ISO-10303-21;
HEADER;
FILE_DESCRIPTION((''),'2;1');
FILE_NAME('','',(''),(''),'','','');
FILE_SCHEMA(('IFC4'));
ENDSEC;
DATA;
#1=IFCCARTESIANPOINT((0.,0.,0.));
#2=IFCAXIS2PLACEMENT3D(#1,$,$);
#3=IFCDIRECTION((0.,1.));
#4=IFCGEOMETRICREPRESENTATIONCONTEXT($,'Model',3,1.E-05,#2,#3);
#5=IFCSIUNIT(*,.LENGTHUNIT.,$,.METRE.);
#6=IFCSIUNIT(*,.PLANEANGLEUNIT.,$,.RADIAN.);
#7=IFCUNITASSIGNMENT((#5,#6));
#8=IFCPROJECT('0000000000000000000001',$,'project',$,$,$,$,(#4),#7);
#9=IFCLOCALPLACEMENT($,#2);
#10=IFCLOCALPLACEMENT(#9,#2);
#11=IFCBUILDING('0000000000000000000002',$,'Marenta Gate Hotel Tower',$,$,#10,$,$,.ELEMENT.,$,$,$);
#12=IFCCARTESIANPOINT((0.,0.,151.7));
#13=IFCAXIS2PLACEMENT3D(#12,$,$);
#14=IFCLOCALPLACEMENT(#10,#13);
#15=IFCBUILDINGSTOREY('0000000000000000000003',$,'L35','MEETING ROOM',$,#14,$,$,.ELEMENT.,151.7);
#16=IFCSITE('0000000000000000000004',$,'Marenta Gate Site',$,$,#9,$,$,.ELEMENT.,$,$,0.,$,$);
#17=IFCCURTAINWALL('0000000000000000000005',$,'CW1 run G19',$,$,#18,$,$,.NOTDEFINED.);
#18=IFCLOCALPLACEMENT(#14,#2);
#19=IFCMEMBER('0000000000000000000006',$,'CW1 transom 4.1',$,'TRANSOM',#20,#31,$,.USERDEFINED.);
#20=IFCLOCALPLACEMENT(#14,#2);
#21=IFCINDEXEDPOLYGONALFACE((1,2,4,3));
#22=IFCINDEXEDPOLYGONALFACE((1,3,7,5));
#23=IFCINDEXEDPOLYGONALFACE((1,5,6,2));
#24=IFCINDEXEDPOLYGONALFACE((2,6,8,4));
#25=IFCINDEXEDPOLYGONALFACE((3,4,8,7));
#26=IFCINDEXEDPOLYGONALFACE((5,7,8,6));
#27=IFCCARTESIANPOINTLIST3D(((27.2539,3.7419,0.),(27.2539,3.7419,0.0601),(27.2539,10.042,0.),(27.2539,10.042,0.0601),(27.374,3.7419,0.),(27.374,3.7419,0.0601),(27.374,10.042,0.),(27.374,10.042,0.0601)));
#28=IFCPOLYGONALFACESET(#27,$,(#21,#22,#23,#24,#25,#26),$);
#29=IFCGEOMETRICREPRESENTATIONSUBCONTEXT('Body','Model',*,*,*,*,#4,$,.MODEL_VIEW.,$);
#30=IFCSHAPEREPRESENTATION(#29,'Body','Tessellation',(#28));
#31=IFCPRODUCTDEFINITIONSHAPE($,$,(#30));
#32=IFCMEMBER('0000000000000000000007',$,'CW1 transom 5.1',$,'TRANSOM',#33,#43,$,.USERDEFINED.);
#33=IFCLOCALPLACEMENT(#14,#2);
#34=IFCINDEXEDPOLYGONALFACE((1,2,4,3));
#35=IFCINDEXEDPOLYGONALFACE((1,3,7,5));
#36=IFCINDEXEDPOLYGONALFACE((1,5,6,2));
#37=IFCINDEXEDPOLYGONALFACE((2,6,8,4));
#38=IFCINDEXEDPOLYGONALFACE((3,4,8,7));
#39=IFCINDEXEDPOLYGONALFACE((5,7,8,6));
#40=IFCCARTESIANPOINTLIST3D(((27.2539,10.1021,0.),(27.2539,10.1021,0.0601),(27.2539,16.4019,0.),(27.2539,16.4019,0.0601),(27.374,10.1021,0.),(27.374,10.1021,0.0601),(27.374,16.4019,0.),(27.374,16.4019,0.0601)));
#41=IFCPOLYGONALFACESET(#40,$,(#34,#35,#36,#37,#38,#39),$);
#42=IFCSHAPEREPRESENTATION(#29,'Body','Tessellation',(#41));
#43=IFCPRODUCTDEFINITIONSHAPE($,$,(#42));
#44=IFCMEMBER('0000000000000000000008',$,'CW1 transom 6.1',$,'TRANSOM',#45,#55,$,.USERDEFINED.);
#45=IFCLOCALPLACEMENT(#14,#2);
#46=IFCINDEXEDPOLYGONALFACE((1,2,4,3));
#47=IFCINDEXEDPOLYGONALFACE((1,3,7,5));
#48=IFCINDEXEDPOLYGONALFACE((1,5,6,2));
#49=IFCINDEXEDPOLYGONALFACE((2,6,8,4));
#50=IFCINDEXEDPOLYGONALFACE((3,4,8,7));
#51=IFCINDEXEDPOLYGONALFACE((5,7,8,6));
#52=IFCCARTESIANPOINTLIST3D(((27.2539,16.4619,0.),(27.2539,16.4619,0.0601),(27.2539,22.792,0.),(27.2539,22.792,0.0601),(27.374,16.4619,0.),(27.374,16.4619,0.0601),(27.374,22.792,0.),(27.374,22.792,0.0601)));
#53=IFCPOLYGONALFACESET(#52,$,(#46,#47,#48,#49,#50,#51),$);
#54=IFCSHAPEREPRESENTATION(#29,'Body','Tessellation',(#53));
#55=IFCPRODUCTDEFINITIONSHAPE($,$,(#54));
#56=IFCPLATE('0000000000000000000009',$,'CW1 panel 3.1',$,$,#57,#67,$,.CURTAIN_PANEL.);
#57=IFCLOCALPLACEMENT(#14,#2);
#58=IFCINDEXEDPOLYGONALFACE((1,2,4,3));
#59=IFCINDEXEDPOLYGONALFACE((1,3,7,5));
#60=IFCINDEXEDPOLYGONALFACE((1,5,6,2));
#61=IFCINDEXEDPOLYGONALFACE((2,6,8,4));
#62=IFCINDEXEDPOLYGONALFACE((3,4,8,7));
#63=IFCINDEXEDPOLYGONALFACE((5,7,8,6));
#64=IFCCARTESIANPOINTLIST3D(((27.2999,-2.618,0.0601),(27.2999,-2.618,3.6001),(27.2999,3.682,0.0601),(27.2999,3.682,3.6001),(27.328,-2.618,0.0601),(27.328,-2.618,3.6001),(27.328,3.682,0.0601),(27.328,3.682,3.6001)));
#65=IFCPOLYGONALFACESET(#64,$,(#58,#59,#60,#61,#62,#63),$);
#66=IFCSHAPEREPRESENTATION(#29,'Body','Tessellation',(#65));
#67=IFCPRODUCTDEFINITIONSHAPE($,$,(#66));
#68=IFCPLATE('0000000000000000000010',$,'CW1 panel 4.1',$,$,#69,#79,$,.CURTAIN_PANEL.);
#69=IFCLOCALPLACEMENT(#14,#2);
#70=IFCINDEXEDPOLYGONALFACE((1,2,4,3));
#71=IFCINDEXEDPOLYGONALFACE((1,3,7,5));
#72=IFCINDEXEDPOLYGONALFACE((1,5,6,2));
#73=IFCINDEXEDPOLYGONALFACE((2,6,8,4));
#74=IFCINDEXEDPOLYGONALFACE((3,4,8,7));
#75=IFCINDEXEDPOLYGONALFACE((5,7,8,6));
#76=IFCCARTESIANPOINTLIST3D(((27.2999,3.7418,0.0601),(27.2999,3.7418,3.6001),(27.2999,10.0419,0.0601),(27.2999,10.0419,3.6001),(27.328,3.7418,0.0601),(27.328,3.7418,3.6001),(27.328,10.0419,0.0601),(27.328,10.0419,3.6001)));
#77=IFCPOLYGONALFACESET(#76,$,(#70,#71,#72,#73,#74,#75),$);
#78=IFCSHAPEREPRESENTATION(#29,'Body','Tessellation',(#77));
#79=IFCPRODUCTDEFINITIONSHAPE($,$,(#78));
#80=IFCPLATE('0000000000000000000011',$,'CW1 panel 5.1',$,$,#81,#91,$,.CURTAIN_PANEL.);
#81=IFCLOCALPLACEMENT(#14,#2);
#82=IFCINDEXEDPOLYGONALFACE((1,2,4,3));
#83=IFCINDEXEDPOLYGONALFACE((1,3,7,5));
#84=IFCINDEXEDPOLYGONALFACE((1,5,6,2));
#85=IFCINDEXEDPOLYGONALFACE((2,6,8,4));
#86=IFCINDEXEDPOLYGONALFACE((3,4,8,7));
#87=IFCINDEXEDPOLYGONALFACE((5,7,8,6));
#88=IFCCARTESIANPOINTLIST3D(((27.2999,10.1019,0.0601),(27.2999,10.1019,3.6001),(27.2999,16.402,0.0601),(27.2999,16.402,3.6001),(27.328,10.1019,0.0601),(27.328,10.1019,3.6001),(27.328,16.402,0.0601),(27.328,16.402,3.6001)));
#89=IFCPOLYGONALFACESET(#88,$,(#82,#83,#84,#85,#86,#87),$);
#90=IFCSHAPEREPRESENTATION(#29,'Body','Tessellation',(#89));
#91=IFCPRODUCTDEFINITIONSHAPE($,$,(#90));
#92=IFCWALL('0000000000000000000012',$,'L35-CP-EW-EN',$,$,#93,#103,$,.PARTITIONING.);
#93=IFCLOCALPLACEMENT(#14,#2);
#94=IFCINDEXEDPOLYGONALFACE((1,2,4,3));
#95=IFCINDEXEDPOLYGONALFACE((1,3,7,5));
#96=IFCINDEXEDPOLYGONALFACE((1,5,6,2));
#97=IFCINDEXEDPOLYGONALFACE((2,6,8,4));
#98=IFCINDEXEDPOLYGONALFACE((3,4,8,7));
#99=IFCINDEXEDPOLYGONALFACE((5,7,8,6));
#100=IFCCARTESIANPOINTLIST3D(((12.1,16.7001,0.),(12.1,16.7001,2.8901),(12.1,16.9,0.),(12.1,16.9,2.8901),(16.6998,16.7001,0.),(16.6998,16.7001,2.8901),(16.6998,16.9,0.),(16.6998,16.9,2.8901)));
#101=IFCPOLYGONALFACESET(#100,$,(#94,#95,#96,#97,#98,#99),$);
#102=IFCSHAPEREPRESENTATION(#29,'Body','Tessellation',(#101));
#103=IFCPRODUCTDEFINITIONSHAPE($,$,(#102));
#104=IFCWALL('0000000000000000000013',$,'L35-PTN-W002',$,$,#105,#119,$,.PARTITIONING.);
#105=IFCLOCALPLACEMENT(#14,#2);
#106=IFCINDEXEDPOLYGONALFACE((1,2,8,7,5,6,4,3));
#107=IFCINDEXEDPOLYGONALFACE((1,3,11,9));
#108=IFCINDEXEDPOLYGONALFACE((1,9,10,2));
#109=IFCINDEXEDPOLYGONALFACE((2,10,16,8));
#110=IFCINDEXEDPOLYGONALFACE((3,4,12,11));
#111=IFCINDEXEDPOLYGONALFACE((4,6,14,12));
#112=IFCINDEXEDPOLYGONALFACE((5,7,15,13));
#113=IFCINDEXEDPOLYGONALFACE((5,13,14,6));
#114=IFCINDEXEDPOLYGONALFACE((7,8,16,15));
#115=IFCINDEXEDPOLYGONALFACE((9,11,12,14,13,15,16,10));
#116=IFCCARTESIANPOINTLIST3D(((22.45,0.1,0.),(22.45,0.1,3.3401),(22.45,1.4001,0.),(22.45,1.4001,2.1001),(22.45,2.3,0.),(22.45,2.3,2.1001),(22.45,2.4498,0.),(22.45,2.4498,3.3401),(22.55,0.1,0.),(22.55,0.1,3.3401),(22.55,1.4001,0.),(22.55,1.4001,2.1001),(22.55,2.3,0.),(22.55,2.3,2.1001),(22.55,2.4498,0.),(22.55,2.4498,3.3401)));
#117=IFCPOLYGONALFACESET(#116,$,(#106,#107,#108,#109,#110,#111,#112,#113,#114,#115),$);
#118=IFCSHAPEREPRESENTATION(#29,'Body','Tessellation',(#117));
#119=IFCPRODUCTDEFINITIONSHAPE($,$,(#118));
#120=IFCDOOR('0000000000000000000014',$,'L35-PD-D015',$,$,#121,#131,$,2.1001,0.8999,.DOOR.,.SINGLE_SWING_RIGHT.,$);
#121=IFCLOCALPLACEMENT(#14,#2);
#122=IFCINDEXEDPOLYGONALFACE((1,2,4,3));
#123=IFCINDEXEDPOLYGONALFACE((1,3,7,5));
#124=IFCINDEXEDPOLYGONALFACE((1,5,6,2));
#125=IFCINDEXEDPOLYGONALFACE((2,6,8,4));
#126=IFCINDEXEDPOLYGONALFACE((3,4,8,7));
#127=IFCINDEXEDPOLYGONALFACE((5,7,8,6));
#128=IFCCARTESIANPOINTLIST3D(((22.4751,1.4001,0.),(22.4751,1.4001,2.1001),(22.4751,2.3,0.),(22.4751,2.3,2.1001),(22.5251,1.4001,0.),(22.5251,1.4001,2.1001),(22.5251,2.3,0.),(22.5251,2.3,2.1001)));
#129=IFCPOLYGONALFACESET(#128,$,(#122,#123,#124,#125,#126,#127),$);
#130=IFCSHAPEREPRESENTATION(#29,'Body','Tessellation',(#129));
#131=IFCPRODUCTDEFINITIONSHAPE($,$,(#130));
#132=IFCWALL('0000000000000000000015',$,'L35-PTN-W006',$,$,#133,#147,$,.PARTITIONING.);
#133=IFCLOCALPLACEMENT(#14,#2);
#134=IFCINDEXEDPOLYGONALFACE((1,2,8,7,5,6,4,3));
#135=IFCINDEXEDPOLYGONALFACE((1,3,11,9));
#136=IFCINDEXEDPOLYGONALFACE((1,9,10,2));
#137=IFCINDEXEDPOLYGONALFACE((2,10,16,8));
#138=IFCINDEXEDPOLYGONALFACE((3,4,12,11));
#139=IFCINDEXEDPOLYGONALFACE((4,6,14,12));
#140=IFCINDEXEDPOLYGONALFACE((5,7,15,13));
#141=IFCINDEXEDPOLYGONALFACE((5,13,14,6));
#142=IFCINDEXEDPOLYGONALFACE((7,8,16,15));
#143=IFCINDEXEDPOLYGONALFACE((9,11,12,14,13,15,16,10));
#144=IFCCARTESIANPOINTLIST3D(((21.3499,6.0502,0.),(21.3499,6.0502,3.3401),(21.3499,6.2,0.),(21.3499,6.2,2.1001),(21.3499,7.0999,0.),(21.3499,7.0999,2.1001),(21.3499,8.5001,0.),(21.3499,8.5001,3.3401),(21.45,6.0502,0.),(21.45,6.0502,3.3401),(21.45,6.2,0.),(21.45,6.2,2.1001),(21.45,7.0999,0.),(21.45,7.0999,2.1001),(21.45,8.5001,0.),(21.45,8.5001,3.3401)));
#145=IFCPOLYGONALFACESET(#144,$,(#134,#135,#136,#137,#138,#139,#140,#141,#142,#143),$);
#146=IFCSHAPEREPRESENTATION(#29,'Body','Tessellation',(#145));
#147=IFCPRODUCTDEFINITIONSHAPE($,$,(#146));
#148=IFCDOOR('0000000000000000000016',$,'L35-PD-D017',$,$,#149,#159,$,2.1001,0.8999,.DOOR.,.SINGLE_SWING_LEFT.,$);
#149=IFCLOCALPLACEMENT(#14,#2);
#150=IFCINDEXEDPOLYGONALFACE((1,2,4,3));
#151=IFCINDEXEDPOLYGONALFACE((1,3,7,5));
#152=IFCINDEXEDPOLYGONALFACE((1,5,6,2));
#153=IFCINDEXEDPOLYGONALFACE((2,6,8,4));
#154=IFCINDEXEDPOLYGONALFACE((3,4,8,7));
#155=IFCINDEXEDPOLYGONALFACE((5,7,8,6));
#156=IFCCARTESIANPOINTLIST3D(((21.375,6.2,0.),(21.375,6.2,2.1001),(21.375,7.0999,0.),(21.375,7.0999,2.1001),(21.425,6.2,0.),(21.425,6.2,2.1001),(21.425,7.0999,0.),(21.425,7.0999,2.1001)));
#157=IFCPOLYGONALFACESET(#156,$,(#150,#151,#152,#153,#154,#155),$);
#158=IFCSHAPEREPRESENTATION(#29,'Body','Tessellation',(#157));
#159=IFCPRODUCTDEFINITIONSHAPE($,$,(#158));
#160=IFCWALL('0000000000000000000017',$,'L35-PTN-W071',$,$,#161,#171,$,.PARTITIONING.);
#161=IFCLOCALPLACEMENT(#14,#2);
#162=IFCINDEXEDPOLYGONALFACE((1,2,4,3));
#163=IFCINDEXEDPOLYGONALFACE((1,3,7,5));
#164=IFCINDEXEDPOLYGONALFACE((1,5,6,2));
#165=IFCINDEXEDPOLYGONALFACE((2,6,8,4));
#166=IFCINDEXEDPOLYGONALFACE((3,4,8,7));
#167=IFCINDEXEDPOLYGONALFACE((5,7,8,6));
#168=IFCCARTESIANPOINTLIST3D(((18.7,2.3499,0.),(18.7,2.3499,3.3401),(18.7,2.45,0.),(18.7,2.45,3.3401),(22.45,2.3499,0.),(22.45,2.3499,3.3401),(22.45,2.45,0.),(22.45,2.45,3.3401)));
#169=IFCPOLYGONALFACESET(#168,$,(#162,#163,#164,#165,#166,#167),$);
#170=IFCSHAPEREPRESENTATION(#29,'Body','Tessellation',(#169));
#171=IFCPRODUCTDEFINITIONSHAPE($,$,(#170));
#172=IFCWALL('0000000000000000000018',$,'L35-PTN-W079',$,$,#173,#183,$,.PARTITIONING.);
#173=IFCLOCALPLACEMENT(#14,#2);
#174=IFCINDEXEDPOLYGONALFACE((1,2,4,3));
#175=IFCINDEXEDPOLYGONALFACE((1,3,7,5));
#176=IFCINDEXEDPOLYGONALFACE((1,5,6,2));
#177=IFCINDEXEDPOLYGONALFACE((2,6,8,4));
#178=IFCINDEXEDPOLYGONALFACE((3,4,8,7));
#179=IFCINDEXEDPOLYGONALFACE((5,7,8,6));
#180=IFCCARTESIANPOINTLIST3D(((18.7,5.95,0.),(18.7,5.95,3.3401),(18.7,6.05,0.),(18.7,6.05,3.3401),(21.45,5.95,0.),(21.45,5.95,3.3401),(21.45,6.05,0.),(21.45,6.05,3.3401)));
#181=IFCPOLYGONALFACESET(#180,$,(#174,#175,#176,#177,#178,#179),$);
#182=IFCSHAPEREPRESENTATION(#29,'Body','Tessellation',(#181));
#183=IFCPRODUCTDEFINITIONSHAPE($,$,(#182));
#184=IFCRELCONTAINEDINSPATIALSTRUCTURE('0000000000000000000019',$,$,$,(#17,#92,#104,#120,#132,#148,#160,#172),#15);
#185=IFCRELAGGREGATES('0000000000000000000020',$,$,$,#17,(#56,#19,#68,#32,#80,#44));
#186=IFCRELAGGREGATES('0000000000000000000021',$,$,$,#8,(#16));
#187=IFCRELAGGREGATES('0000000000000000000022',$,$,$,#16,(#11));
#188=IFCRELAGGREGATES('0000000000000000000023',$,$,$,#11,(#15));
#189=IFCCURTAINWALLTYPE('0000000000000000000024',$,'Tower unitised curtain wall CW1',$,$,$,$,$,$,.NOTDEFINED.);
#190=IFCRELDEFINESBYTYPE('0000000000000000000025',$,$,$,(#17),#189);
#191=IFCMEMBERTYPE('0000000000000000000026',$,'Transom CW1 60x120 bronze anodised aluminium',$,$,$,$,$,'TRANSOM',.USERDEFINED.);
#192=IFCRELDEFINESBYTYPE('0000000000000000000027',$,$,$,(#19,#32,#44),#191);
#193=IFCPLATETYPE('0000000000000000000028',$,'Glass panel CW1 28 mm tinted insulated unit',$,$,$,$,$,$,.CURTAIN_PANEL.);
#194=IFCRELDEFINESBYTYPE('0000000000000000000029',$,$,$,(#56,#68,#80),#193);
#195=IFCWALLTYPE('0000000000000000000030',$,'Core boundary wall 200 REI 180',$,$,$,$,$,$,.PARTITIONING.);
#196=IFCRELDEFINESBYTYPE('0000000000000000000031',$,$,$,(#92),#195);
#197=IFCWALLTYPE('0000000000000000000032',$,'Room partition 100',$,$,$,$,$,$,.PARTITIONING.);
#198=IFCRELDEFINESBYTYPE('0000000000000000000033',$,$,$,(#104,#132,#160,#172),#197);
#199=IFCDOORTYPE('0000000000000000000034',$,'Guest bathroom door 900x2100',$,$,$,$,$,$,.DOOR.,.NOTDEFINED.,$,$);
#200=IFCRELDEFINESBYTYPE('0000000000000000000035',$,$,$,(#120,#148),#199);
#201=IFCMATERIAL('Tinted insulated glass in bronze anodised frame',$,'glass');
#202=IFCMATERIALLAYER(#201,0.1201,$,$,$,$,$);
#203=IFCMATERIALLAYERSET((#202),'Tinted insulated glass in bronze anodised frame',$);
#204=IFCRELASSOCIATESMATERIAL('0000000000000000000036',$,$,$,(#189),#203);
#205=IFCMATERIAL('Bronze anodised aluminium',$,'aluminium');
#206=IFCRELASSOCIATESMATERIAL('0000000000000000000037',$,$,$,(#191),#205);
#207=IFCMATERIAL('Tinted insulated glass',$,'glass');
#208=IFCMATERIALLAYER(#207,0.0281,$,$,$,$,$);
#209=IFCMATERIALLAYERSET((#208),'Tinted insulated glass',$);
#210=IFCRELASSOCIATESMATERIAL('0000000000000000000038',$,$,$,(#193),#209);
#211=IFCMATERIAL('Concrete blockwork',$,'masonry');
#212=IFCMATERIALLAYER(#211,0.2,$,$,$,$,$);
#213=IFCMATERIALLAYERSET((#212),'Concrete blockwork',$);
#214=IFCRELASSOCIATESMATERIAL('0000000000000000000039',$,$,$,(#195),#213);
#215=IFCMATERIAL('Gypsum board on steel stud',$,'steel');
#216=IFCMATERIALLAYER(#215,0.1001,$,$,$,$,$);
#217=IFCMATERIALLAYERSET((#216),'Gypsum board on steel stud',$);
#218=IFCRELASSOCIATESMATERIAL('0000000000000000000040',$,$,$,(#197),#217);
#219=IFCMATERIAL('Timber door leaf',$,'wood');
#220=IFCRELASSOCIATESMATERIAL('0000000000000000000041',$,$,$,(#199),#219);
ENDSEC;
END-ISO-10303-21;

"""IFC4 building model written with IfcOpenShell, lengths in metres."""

from ifc_helpers import new_model, si_unit, direction, frame, frame_2d, origin, origin_2d, place, context, subcontext, project, spatial, rectangle, extrude, material, layer, layer_set, material_profile, profile_set, type_object, element, fill, aggregate, save


model = new_model("IFC4")

# Units and contexts
model_context = context("Model", 3, precision=1e-05, world=origin(), true_north=direction((0.0, 1.0)))
body_context = subcontext(model_context, "Body", "Model", "MODEL_VIEW")
ifc_project = project(units=[si_unit("LENGTHUNIT", "METRE"), si_unit("PLANEANGLEUNIT", "RADIAN")], contexts=[model_context])

# Site, building, storey
site_placement = place(None, origin())
site = spatial("IfcSite", under=ifc_project, at=site_placement, Name="Marenta Gate Site", CompositionType="ELEMENT", RefElevation=0.0)
building_placement = place(site_placement, origin())
building = spatial("IfcBuilding", under=site, at=building_placement, Name="Marenta Gate Hotel Tower", CompositionType="ELEMENT")
storey_placement = place(building_placement, frame((0.0, 0.0, 151.7)))
storey = spatial("IfcBuildingStorey", under=building, at=storey_placement, Name="L35", Description="MEETING ROOM", CompositionType="ELEMENT", Elevation=151.7)

# Curtain wall, members, plates
ifc_material_1 = material(Name="Tinted insulated glass in bronze anodised frame", Category="glass")
ifc_layer_1 = layer(ifc_material_1, 0.1201)
ifc_layer_set_1 = layer_set([ifc_layer_1], Name="Tinted insulated glass in bronze anodised frame")
curtain_wall_type = type_object("IfcCurtainWallType", Name="Tower unitised curtain wall CW1", PredefinedType="NOTDEFINED", material=ifc_layer_set_1)
curtain_wall_placement = place(storey_placement, origin())
curtain_wall = element("IfcCurtainWall", 1, at=curtain_wall_placement, inside=storey, type_object=curtain_wall_type, Name="CW1 run G19", PredefinedType="NOTDEFINED")
ifc_material_2 = material(Name="Bronze anodised aluminium", Category="aluminium")
ifc_material_profile_1 = material_profile(ifc_material_2, rectangle(XDim=0.1201, YDim=0.0601, at=origin_2d()), Name="Transom CW1 60x120 bronze anodised aluminium")
ifc_profile_set_1 = profile_set([ifc_material_profile_1], Name="Bronze anodised aluminium")
member_type_1 = type_object("IfcMemberType", Name="Transom CW1 60x120 bronze anodised aluminium", ElementType="TRANSOM", PredefinedType="USERDEFINED", material=ifc_profile_set_1)
member_1_placement = place(storey_placement, frame((27.314, 3.7419, 0.03), z_axis=(0.0, 1.0, 0.0), x_axis=(-1.0, 0.0, 0.0)))
member_1 = element("IfcMember", 2, at=member_1_placement, type_object=member_type_1, Name="CW1 transom 4.1", ObjectType="TRANSOM", PredefinedType="USERDEFINED", context=body_context, shape_type="SweptSolid", body=[
    extrude(rectangle(XDim=0.1201, YDim=0.0601, at=origin_2d()), origin(), (0.0, 0.0, 1.0), 6.3),
])
member_2_placement = place(storey_placement, frame((27.314, 10.1021, 0.03), z_axis=(0.0, 1.0, 0.0), x_axis=(-1.0, 0.0, 0.0)))
member_2 = element("IfcMember", 3, at=member_2_placement, type_object=member_type_1, Name="CW1 transom 5.1", ObjectType="TRANSOM", PredefinedType="USERDEFINED", context=body_context, shape_type="SweptSolid", body=[
    extrude(rectangle(XDim=0.1201, YDim=0.0601, at=origin_2d()), origin(), (0.0, 0.0, 1.0), 6.2998),
])
member_3_placement = place(storey_placement, frame((27.314, 16.4619, 0.03), z_axis=(0.0, 1.0, 0.0), x_axis=(-1.0, 0.0, 0.0)))
member_3 = element("IfcMember", 4, at=member_3_placement, type_object=member_type_1, Name="CW1 transom 6.1", ObjectType="TRANSOM", PredefinedType="USERDEFINED", context=body_context, shape_type="SweptSolid", body=[
    extrude(rectangle(XDim=0.1201, YDim=0.0601, at=origin_2d()), origin(), (0.0, 0.0, 1.0), 6.3301),
])
ifc_material_3 = material(Name="Tinted insulated glass", Category="glass")
ifc_layer_2 = layer(ifc_material_3, 0.0281)
ifc_layer_set_2 = layer_set([ifc_layer_2], Name="Tinted insulated glass")
plate_type = type_object("IfcPlateType", Name="Glass panel CW1 28 mm tinted insulated unit", PredefinedType="CURTAIN_PANEL", material=ifc_layer_set_2)
plate_1_placement = place(storey_placement, frame((27.314, 0.532, 0.0601), z_axis=(0.0, 0.0, 1.0), x_axis=(0.0, 1.0, 0.0)))
plate_1 = element("IfcPlate", 5, at=plate_1_placement, type_object=plate_type, Name="CW1 panel 3.1", PredefinedType="CURTAIN_PANEL", context=body_context, shape_type="SweptSolid", body=[
    extrude(rectangle(XDim=6.3, YDim=0.0281, at=origin_2d()), origin(), (0.0, 0.0, 1.0), 3.54),
])
plate_2_placement = place(storey_placement, frame((27.314, 6.8918, 0.0601), z_axis=(0.0, 0.0, 1.0), x_axis=(0.0, 1.0, 0.0)))
plate_2 = element("IfcPlate", 6, at=plate_2_placement, type_object=plate_type, Name="CW1 panel 4.1", PredefinedType="CURTAIN_PANEL", context=body_context, shape_type="SweptSolid", body=[
    extrude(rectangle(XDim=6.3, YDim=0.0281, at=origin_2d()), origin(), (0.0, 0.0, 1.0), 3.54),
])
plate_3_placement = place(storey_placement, frame((27.314, 13.252, 0.0601), z_axis=(0.0, 0.0, 1.0), x_axis=(0.0, 1.0, 0.0)))
plate_3 = element("IfcPlate", 7, at=plate_3_placement, type_object=plate_type, Name="CW1 panel 5.1", PredefinedType="CURTAIN_PANEL", context=body_context, shape_type="SweptSolid", body=[
    extrude(rectangle(XDim=6.3, YDim=0.0281, at=origin_2d()), origin(), (0.0, 0.0, 1.0), 3.54),
])
aggregate(curtain_wall, [plate_1, member_1, plate_2, member_2, plate_3, member_3])

# Wall
ifc_material_4 = material(Name="Concrete blockwork", Category="masonry")
ifc_layer_3 = layer(ifc_material_4, 0.2)
ifc_layer_set_3 = layer_set([ifc_layer_3], Name="Concrete blockwork")
wall_type_1 = type_object("IfcWallType", Name="Core boundary wall 200 REI 180", PredefinedType="PARTITIONING", material=ifc_layer_set_3)
wall_1_placement = place(storey_placement, frame((12.1001, 16.8, 0.0), z_axis=(0.0, 0.0, 1.0), x_axis=(1.0, 0.0, 0.0)))
element("IfcWall", 8, at=wall_1_placement, inside=storey, type_object=wall_type_1, Name="L35-CP-EW-EN", PredefinedType="PARTITIONING", context=body_context, shape_type="SweptSolid", body=[
    extrude(rectangle(XDim=4.5999, YDim=0.2, at=frame_2d((2.2998, 0.0))), origin(), (0.0, 0.0, 1.0), 2.8901),
])

# Walls, openings, doors
ifc_material_5 = material(Name="Gypsum board on steel stud", Category="steel")
ifc_layer_4 = layer(ifc_material_5, 0.1001)
ifc_layer_set_4 = layer_set([ifc_layer_4], Name="Gypsum board on steel stud")
wall_type_2 = type_object("IfcWallType", Name="Room partition 100", PredefinedType="PARTITIONING", material=ifc_layer_set_4)
wall_2_placement = place(storey_placement, frame((22.5, 0.1001, 0.0), z_axis=(0.0, 0.0, 1.0), x_axis=(0.0, 1.0, 0.0)))
wall_2 = element("IfcWall", 9, at=wall_2_placement, inside=storey, type_object=wall_type_2, Name="L35-PTN-W002", PredefinedType="PARTITIONING", context=body_context, shape_type="SweptSolid", body=[
    extrude(rectangle(XDim=2.3499, YDim=0.1001, at=frame_2d((1.1748, 0.0))), origin(), (0.0, 0.0, 1.0), 3.3401),
])
opening_1_placement = place(wall_2_placement, frame((1.3, 0.0, 0.0)))
opening_1 = element("IfcOpeningElement", 10, at=opening_1_placement, cuts=wall_2, PredefinedType="OPENING", context=body_context, shape_type="SweptSolid", body=[
    extrude(rectangle(XDim=0.8999, YDim=2.1001, at=frame_2d((0.45, 1.05))), frame((0.0, 0.05, 0.0), z_axis=(0.0, -1.0, 0.0), x_axis=(1.0, 0.0, 0.0)), (0.0, 0.0, 1.0), 0.1001),
])
ifc_material_6 = material(Name="Timber door leaf", Category="wood")
door_type = type_object("IfcDoorType", Name="Guest bathroom door 900x2100", OperationType="NOTDEFINED", PredefinedType="DOOR", material=ifc_material_6)
door_1_placement = place(opening_1_placement, origin())
door_1 = element("IfcDoor", 11, at=door_1_placement, inside=storey, type_object=door_type, Name="L35-PD-D015", OperationType="SINGLE_SWING_RIGHT", OverallHeight=2.1001, OverallWidth=0.8999, PredefinedType="DOOR", context=body_context, shape_type="SweptSolid", body=[
    extrude(rectangle(XDim=0.8999, YDim=2.1001, at=frame_2d((0.45, 1.05))), frame((0.0, 0.0249, 0.0), z_axis=(0.0, -1.0, 0.0), x_axis=(1.0, 0.0, 0.0)), (0.0, 0.0, 1.0), 0.05),
])
fill(opening_1, door_1)
wall_3_placement = place(storey_placement, frame((21.3999, 6.05, 0.0), z_axis=(0.0, 0.0, 1.0), x_axis=(0.0, 1.0, 0.0)))
wall_3 = element("IfcWall", 12, at=wall_3_placement, inside=storey, type_object=wall_type_2, Name="L35-PTN-W006", PredefinedType="PARTITIONING", context=body_context, shape_type="SweptSolid", body=[
    extrude(rectangle(XDim=2.45, YDim=0.1001, at=frame_2d((1.2251, 0.0))), origin(), (0.0, 0.0, 1.0), 3.3401),
])
opening_2_placement = place(wall_3_placement, frame((0.1499, 0.0, 0.0)))
opening_2 = element("IfcOpeningElement", 13, at=opening_2_placement, cuts=wall_3, PredefinedType="OPENING", context=body_context, shape_type="SweptSolid", body=[
    extrude(rectangle(XDim=0.8999, YDim=2.1001, at=frame_2d((0.45, 1.05))), frame((0.0, 0.05, 0.0), z_axis=(0.0, -1.0, 0.0), x_axis=(1.0, 0.0, 0.0)), (0.0, 0.0, 1.0), 0.1001),
])
door_2_placement = place(opening_2_placement, origin())
door_2 = element("IfcDoor", 14, at=door_2_placement, inside=storey, type_object=door_type, Name="L35-PD-D017", OperationType="SINGLE_SWING_LEFT", OverallHeight=2.1001, OverallWidth=0.8999, PredefinedType="DOOR", context=body_context, shape_type="SweptSolid", body=[
    extrude(rectangle(XDim=0.8999, YDim=2.1001, at=frame_2d((0.45, 1.05))), frame((0.0, 0.0249, 0.0), z_axis=(0.0, -1.0, 0.0), x_axis=(1.0, 0.0, 0.0)), (0.0, 0.0, 1.0), 0.05),
])
fill(opening_2, door_2)

# Walls
wall_4_placement = place(storey_placement, frame((18.7, 2.3999, 0.0), z_axis=(0.0, 0.0, 1.0), x_axis=(1.0, 0.0, 0.0)))
element("IfcWall", 15, at=wall_4_placement, inside=storey, type_object=wall_type_2, Name="L35-PTN-W071", PredefinedType="PARTITIONING", context=body_context, shape_type="SweptSolid", body=[
    extrude(rectangle(XDim=3.75, YDim=0.1001, at=frame_2d((1.875, 0.0))), origin(), (0.0, 0.0, 1.0), 3.3401),
])
wall_5_placement = place(storey_placement, frame((18.7, 6.0, 0.0), z_axis=(0.0, 0.0, 1.0), x_axis=(1.0, 0.0, 0.0)))
element("IfcWall", 16, at=wall_5_placement, inside=storey, type_object=wall_type_2, Name="L35-PTN-W079", PredefinedType="PARTITIONING", context=body_context, shape_type="SweptSolid", body=[
    extrude(rectangle(XDim=2.75, YDim=0.1001, at=frame_2d((1.375, 0.0))), origin(), (0.0, 0.0, 1.0), 3.3401),
])

save(model, "model.ifc")
